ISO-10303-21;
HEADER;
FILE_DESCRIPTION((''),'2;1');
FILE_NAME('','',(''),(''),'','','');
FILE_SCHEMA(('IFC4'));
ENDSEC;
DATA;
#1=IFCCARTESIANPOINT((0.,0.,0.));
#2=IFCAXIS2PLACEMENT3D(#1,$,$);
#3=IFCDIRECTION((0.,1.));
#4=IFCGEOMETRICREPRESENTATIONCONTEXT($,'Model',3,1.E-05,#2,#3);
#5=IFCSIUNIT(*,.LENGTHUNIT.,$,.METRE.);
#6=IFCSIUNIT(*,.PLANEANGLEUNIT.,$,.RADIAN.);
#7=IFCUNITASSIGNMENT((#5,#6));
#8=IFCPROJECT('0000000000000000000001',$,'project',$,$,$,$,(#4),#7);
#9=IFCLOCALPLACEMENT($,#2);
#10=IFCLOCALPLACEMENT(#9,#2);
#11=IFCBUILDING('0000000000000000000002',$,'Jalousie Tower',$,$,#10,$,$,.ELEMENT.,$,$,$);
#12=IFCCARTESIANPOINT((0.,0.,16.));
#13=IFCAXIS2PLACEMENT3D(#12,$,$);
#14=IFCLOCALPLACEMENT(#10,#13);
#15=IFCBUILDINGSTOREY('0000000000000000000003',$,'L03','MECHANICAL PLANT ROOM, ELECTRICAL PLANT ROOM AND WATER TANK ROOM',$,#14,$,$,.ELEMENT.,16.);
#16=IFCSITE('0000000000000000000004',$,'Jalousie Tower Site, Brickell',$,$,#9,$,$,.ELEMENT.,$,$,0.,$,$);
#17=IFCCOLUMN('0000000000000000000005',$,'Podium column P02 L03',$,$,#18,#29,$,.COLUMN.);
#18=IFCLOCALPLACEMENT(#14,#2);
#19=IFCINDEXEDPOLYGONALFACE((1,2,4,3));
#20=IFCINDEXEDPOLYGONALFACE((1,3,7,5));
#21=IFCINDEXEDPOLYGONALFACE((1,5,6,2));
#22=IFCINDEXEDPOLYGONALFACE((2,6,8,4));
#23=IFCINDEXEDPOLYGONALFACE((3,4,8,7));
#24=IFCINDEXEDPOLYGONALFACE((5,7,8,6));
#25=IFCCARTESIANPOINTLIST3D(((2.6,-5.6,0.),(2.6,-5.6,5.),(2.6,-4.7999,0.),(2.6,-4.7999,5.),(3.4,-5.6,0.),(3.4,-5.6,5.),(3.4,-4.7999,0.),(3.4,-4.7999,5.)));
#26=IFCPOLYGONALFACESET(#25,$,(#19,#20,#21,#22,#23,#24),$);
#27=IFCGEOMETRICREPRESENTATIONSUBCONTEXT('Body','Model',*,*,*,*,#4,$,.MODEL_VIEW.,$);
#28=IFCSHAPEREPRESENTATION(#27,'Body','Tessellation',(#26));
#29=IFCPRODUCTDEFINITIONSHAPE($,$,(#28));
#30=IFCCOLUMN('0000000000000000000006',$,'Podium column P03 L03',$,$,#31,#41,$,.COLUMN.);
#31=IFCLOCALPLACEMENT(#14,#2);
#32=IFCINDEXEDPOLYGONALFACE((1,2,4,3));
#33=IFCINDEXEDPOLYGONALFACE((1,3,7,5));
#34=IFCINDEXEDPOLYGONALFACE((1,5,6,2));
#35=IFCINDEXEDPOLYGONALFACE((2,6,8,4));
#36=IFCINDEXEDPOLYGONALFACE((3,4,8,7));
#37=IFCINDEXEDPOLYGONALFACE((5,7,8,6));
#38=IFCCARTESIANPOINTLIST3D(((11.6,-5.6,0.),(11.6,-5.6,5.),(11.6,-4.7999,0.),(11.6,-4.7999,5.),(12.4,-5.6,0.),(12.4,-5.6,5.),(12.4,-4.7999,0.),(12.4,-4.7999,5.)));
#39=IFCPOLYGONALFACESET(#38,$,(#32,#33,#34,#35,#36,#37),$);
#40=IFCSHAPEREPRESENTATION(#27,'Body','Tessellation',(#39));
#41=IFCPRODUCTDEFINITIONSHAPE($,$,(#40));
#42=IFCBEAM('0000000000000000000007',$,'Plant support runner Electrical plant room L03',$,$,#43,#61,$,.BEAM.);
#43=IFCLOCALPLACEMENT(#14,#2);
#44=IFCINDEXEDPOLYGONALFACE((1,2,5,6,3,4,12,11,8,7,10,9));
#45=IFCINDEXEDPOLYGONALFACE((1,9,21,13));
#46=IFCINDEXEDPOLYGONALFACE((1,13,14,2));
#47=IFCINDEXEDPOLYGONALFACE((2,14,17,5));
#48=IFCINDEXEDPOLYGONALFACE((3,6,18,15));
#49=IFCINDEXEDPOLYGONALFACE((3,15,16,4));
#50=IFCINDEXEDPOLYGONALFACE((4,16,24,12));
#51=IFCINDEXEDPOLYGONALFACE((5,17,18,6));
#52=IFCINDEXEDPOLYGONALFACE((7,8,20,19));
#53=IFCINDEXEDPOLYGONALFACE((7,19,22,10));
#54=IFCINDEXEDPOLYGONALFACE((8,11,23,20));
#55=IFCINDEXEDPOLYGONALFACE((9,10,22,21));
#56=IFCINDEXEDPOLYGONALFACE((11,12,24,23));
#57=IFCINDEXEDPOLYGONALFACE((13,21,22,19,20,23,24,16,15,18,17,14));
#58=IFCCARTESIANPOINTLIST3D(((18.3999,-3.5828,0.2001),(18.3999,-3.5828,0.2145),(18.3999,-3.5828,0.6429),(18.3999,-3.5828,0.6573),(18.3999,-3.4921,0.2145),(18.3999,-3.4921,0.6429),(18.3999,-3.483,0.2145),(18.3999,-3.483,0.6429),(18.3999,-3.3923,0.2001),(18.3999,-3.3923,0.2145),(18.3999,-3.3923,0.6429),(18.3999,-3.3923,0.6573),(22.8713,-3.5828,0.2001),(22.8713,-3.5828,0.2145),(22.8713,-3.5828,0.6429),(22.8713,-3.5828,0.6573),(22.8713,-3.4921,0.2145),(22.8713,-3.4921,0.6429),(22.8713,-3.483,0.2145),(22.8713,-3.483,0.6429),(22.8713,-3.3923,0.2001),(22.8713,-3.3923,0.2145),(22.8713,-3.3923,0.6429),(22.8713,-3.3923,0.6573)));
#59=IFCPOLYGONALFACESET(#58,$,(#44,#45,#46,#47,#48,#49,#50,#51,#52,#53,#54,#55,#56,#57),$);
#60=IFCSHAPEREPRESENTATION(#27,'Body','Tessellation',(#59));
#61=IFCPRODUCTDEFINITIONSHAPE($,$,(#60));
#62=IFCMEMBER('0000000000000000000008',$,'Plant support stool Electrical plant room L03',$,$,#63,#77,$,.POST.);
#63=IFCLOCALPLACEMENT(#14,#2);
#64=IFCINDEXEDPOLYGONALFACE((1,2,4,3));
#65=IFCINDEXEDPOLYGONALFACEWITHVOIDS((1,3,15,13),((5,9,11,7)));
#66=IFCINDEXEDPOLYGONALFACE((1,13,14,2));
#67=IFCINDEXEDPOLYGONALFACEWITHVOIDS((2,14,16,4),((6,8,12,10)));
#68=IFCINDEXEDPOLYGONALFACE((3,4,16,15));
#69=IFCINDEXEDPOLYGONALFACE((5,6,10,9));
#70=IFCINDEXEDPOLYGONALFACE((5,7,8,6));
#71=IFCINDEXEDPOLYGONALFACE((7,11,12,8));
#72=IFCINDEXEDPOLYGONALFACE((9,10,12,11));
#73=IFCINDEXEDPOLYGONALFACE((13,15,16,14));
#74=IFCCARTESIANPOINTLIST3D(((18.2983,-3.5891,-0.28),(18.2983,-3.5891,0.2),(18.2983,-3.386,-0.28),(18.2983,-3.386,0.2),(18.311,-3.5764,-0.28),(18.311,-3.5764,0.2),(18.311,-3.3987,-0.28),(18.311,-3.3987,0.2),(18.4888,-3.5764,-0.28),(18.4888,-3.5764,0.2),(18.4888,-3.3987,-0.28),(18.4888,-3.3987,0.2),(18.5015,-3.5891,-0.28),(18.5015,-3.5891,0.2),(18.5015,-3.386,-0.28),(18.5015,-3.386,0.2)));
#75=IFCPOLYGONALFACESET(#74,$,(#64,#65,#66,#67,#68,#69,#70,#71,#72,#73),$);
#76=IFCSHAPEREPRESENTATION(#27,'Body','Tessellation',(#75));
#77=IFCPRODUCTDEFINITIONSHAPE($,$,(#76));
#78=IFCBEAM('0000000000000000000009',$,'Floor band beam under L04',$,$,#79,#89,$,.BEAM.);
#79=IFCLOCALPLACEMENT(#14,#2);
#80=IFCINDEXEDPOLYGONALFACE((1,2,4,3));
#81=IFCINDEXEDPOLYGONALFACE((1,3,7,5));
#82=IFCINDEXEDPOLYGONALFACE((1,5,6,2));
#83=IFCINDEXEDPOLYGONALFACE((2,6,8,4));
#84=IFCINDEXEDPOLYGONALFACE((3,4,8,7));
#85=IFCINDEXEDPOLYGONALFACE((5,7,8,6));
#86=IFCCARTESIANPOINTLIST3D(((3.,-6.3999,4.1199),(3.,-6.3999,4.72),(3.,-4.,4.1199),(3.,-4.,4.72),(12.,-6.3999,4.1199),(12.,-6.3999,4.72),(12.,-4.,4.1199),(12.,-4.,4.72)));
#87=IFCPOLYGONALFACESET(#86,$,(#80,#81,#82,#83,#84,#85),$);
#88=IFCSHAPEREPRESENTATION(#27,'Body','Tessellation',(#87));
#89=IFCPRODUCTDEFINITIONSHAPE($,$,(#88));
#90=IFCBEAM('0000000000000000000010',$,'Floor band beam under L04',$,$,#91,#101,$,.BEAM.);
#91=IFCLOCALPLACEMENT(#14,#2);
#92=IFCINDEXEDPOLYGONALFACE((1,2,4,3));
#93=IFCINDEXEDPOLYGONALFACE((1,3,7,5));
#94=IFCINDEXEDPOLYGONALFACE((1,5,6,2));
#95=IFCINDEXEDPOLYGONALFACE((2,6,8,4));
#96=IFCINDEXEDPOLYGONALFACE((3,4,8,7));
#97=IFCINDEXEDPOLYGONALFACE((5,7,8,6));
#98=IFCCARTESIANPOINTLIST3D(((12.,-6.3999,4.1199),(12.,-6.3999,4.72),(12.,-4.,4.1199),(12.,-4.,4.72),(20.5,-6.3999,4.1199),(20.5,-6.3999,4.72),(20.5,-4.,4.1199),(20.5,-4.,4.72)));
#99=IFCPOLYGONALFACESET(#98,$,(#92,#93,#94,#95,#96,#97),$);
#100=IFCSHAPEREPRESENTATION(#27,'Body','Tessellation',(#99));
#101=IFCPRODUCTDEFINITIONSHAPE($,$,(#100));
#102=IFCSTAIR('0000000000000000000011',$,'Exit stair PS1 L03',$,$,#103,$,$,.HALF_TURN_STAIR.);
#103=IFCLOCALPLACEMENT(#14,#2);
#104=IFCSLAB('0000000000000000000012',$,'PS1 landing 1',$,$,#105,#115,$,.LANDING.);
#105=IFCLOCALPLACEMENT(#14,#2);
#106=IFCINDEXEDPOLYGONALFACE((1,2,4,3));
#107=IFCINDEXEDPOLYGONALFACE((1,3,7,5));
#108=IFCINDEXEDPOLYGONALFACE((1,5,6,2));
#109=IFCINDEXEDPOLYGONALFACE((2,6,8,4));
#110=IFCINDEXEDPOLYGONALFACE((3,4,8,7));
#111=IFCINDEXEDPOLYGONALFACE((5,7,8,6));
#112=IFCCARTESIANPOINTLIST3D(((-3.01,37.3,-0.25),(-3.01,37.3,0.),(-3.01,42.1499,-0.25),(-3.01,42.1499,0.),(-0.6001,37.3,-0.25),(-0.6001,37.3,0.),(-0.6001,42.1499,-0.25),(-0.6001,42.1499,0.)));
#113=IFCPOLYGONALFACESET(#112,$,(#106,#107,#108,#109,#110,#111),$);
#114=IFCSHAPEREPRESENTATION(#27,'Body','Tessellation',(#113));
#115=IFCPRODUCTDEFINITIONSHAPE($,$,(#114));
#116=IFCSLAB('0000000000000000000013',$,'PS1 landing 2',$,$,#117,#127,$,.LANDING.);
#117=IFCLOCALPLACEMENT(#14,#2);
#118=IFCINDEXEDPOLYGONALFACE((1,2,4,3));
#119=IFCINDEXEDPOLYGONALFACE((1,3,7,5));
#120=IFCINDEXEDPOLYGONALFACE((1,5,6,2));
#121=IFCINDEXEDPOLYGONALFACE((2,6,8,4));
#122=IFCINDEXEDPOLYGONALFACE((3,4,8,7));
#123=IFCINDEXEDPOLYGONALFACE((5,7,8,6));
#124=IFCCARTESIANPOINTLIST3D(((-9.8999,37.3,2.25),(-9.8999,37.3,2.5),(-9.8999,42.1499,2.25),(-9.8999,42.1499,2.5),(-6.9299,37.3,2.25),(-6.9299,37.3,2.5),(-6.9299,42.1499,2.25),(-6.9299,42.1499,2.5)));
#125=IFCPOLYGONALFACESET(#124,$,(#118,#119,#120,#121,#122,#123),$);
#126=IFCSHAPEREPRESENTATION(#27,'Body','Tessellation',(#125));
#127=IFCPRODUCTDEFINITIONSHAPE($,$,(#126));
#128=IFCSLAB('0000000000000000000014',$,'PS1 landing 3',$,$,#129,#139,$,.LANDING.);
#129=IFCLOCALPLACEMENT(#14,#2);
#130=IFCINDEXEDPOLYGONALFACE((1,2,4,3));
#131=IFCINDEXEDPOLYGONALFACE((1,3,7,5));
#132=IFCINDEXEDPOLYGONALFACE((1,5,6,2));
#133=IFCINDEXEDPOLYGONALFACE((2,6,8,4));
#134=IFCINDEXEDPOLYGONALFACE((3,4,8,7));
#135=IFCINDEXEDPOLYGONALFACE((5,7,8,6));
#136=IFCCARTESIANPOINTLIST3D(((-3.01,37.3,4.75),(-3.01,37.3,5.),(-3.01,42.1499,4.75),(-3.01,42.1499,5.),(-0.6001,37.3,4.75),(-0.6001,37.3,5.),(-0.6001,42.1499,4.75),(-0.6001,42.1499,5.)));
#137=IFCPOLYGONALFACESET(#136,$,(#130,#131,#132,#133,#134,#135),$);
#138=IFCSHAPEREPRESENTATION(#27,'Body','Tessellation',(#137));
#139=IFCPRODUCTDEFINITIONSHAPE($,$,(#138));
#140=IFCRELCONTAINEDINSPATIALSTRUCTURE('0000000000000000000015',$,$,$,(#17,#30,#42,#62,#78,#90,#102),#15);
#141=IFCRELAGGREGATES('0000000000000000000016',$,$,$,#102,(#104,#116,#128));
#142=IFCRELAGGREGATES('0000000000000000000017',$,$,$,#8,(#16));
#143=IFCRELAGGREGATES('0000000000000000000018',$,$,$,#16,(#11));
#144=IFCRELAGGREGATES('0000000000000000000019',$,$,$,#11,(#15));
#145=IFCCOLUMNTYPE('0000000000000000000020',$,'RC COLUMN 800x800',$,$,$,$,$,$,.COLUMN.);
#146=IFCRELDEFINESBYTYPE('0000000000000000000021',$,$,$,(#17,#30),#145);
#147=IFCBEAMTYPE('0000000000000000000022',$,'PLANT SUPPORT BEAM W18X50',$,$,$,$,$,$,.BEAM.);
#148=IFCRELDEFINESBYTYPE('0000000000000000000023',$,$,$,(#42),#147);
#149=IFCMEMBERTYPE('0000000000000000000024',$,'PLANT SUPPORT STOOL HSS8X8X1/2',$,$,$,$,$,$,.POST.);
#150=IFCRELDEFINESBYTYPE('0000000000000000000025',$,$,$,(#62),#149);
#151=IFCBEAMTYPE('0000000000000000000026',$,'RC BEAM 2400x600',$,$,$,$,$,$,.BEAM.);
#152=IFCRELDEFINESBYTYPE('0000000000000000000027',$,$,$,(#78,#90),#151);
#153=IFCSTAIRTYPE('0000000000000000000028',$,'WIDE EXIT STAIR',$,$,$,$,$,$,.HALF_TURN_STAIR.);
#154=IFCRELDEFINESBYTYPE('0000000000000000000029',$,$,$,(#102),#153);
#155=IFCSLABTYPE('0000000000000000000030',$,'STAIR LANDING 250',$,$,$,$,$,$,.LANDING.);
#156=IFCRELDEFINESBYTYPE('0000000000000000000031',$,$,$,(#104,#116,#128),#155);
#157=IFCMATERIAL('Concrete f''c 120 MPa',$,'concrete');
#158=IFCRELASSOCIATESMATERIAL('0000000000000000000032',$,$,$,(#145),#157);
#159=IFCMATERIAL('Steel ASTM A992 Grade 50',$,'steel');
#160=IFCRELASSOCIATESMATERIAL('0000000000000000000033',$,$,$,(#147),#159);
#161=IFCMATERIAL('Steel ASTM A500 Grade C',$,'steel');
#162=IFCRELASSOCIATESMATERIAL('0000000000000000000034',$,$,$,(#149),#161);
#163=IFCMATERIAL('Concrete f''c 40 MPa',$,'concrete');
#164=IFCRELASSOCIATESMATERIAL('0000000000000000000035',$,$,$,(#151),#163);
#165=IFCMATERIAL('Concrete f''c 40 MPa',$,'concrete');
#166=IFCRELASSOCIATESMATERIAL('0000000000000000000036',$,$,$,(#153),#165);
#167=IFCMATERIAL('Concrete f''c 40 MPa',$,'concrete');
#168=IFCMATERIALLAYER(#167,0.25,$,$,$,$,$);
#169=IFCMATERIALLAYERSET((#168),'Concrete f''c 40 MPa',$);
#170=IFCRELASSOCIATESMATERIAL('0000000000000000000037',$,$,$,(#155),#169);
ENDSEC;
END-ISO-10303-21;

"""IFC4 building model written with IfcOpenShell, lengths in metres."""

from ifc_helpers import new_model, si_unit, direction, frame, origin, origin_2d, place, context, subcontext, project, spatial, polyline, rectangle, hollow_rectangle, i_section, outline, extrude, material, layer, layer_set, material_profile, profile_set, type_object, element, aggregate, save


model = new_model("IFC4")

# Units and contexts
model_context = context("Model", 3, precision=1e-05, world=origin(), true_north=direction((0.0, 1.0)))
body_context = subcontext(model_context, "Body", "Model", "MODEL_VIEW")
ifc_project = project(units=[si_unit("LENGTHUNIT", "METRE"), si_unit("PLANEANGLEUNIT", "RADIAN")], contexts=[model_context])

# Site, building, storey
site_placement = place(None, origin())
site = spatial("IfcSite", under=ifc_project, at=site_placement, Name="Jalousie Tower Site, Brickell", CompositionType="ELEMENT", RefElevation=0.0)
building_placement = place(site_placement, origin())
building = spatial("IfcBuilding", under=site, at=building_placement, Name="Jalousie Tower", CompositionType="ELEMENT")
storey_placement = place(building_placement, frame((0.0, 0.0, 16.0)))
storey = spatial("IfcBuildingStorey", under=building, at=storey_placement, Name="L03", Description="MECHANICAL PLANT ROOM, ELECTRICAL PLANT ROOM AND WATER TANK ROOM", CompositionType="ELEMENT", Elevation=16.0)

# Columns
ifc_material_1 = material(Name="Concrete f'c 120 MPa", Category="concrete")
ifc_material_profile_1 = material_profile(ifc_material_1, rectangle(XDim=0.8, YDim=0.8, at=origin_2d()), Name="RC 800x800")
ifc_profile_set_1 = profile_set([ifc_material_profile_1], Name="Concrete f'c 120 MPa")
column_type = type_object("IfcColumnType", Name="RC COLUMN 800x800", PredefinedType="COLUMN", material=ifc_profile_set_1)
for number, where, z_axis, x_axis, name in (
    (1, (3.0, -5.2, 0.0), (0.0, 0.0, 1.0), (1.0, 0.0, 0.0), "Podium column P02 L03"),
    (2, (12.0, -5.2, 0.0), (0.0, 0.0, 1.0), (1.0, 0.0, 0.0), "Podium column P03 L03"),
):
    element("IfcColumn", number, at=place(storey_placement, frame(where, z_axis=z_axis, x_axis=x_axis)), inside=storey, type_object=column_type, Name=name, PredefinedType="COLUMN", context=body_context, shape_type="SweptSolid", body=[
        extrude(rectangle(XDim=0.8, YDim=0.8, at=origin_2d()), origin(), (0.0, 0.0, 1.0), 5.0),
    ])

# Beam
ifc_material_2 = material(Name="Steel ASTM A992 Grade 50", Category="steel")
ifc_material_profile_2 = material_profile(ifc_material_2, i_section(OverallWidth=0.1904, OverallDepth=0.4573, WebThickness=0.009, FlangeThickness=0.0144, at=origin_2d()), Name="W18X50")
ifc_profile_set_2 = profile_set([ifc_material_profile_2], Name="Steel ASTM A992 Grade 50")
beam_type_1 = type_object("IfcBeamType", Name="PLANT SUPPORT BEAM W18X50", PredefinedType="BEAM", material=ifc_profile_set_2)
beam_1_placement = place(storey_placement, frame((18.3999, -3.4875, 0.4287), z_axis=(1.0, 0.0, 0.0), x_axis=(0.0, 1.0, 0.0)))
element("IfcBeam", 3, at=beam_1_placement, inside=storey, type_object=beam_type_1, Name="Plant support runner Electrical plant room L03", PredefinedType="BEAM", context=body_context, shape_type="SweptSolid", body=[
    extrude(i_section(OverallWidth=0.1904, OverallDepth=0.4573, WebThickness=0.009, FlangeThickness=0.0144, at=origin_2d()), origin(), (0.0, 0.0, 1.0), 4.4714),
])

# Member
ifc_material_3 = material(Name="Steel ASTM A500 Grade C", Category="steel")
ifc_material_profile_3 = material_profile(ifc_material_3, hollow_rectangle(XDim=0.2031, YDim=0.2031, WallThickness=0.0127, at=origin_2d()), Name="HSS8X8X1/2")
ifc_profile_set_3 = profile_set([ifc_material_profile_3], Name="Steel ASTM A500 Grade C")
member_type = type_object("IfcMemberType", Name="PLANT SUPPORT STOOL HSS8X8X1/2", PredefinedType="POST", material=ifc_profile_set_3)
member_placement = place(storey_placement, frame((18.3999, -3.4875, -0.28), z_axis=(0.0, 0.0, 1.0), x_axis=(1.0, 0.0, 0.0)))
element("IfcMember", 4, at=member_placement, inside=storey, type_object=member_type, Name="Plant support stool Electrical plant room L03", PredefinedType="POST", context=body_context, shape_type="SweptSolid", body=[
    extrude(hollow_rectangle(XDim=0.2031, YDim=0.2031, WallThickness=0.0127, at=origin_2d()), origin(), (0.0, 0.0, 1.0), 0.48),
])

# Beams
ifc_material_4 = material(Name="Concrete f'c 40 MPa", Category="concrete")
ifc_material_profile_4 = material_profile(ifc_material_4, rectangle(XDim=2.3999, YDim=0.6001, at=origin_2d()), Name="RC 2400x600")
ifc_profile_set_4 = profile_set([ifc_material_profile_4], Name="Concrete f'c 40 MPa")
beam_type_2 = type_object("IfcBeamType", Name="RC BEAM 2400x600", PredefinedType="BEAM", material=ifc_profile_set_4)
beam_2_placement = place(storey_placement, frame((3.0, -5.2, 4.4199), z_axis=(1.0, 0.0, 0.0), x_axis=(0.0, 1.0, 0.0)))
element("IfcBeam", 5, at=beam_2_placement, inside=storey, type_object=beam_type_2, Name="Floor band beam under L04", PredefinedType="BEAM", context=body_context, shape_type="SweptSolid", body=[
    extrude(rectangle(XDim=2.3999, YDim=0.6001, at=origin_2d()), origin(), (0.0, 0.0, 1.0), 9.0),
])
beam_3_placement = place(storey_placement, frame((12.0, -5.2, 4.4199), z_axis=(1.0, 0.0, 0.0), x_axis=(0.0, 1.0, 0.0)))
element("IfcBeam", 6, at=beam_3_placement, inside=storey, type_object=beam_type_2, Name="Floor band beam under L04", PredefinedType="BEAM", context=body_context, shape_type="SweptSolid", body=[
    extrude(rectangle(XDim=2.3999, YDim=0.6001, at=origin_2d()), origin(), (0.0, 0.0, 1.0), 8.5),
])

# Stair, slabs
ifc_material_5 = material(Name="Concrete f'c 40 MPa", Category="concrete")
stair_type = type_object("IfcStairType", Name="WIDE EXIT STAIR", PredefinedType="HALF_TURN_STAIR", material=ifc_material_5)
stair_placement = place(storey_placement, origin())
stair = element("IfcStair", 7, at=stair_placement, inside=storey, type_object=stair_type, Name="Exit stair PS1 L03", PredefinedType="HALF_TURN_STAIR")
ifc_material_6 = material(Name="Concrete f'c 40 MPa", Category="concrete")
ifc_layer_1 = layer(ifc_material_6, 0.25)
ifc_layer_set_1 = layer_set([ifc_layer_1], Name="Concrete f'c 40 MPa")
slab_type = type_object("IfcSlabType", Name="STAIR LANDING 250", PredefinedType="LANDING", material=ifc_layer_set_1)
slab_1_placement = place(storey_placement, frame((0.0, 0.0, -0.25)))
slab_1 = element("IfcSlab", 8, at=slab_1_placement, type_object=slab_type, Name="PS1 landing 1", PredefinedType="LANDING", context=body_context, shape_type="SweptSolid", body=[
    extrude(outline(polyline([(-0.6001, 37.3), (-0.6001, 42.1499), (-3.01, 42.1499), (-3.01, 37.3), (-0.6001, 37.3)])), origin(), (0.0, 0.0, 1.0), 0.25),
])
slab_2_placement = place(storey_placement, frame((0.0, 0.0, 2.25)))
slab_2 = element("IfcSlab", 9, at=slab_2_placement, type_object=slab_type, Name="PS1 landing 2", PredefinedType="LANDING", context=body_context, shape_type="SweptSolid", body=[
    extrude(outline(polyline([(-6.9299, 42.1499), (-9.8999, 42.1499), (-9.8999, 37.3), (-6.9299, 37.3), (-6.9299, 42.1499)])), origin(), (0.0, 0.0, 1.0), 0.25),
])
slab_3_placement = place(storey_placement, frame((0.0, 0.0, 4.75)))
slab_3 = element("IfcSlab", 10, at=slab_3_placement, type_object=slab_type, Name="PS1 landing 3", PredefinedType="LANDING", context=body_context, shape_type="SweptSolid", body=[
    extrude(outline(polyline([(-0.6001, 37.3), (-0.6001, 42.1499), (-3.01, 42.1499), (-3.01, 37.3), (-0.6001, 37.3)])), origin(), (0.0, 0.0, 1.0), 0.25),
])
aggregate(stair, [slab_1, slab_2, slab_3])

save(model, "model.ifc")
